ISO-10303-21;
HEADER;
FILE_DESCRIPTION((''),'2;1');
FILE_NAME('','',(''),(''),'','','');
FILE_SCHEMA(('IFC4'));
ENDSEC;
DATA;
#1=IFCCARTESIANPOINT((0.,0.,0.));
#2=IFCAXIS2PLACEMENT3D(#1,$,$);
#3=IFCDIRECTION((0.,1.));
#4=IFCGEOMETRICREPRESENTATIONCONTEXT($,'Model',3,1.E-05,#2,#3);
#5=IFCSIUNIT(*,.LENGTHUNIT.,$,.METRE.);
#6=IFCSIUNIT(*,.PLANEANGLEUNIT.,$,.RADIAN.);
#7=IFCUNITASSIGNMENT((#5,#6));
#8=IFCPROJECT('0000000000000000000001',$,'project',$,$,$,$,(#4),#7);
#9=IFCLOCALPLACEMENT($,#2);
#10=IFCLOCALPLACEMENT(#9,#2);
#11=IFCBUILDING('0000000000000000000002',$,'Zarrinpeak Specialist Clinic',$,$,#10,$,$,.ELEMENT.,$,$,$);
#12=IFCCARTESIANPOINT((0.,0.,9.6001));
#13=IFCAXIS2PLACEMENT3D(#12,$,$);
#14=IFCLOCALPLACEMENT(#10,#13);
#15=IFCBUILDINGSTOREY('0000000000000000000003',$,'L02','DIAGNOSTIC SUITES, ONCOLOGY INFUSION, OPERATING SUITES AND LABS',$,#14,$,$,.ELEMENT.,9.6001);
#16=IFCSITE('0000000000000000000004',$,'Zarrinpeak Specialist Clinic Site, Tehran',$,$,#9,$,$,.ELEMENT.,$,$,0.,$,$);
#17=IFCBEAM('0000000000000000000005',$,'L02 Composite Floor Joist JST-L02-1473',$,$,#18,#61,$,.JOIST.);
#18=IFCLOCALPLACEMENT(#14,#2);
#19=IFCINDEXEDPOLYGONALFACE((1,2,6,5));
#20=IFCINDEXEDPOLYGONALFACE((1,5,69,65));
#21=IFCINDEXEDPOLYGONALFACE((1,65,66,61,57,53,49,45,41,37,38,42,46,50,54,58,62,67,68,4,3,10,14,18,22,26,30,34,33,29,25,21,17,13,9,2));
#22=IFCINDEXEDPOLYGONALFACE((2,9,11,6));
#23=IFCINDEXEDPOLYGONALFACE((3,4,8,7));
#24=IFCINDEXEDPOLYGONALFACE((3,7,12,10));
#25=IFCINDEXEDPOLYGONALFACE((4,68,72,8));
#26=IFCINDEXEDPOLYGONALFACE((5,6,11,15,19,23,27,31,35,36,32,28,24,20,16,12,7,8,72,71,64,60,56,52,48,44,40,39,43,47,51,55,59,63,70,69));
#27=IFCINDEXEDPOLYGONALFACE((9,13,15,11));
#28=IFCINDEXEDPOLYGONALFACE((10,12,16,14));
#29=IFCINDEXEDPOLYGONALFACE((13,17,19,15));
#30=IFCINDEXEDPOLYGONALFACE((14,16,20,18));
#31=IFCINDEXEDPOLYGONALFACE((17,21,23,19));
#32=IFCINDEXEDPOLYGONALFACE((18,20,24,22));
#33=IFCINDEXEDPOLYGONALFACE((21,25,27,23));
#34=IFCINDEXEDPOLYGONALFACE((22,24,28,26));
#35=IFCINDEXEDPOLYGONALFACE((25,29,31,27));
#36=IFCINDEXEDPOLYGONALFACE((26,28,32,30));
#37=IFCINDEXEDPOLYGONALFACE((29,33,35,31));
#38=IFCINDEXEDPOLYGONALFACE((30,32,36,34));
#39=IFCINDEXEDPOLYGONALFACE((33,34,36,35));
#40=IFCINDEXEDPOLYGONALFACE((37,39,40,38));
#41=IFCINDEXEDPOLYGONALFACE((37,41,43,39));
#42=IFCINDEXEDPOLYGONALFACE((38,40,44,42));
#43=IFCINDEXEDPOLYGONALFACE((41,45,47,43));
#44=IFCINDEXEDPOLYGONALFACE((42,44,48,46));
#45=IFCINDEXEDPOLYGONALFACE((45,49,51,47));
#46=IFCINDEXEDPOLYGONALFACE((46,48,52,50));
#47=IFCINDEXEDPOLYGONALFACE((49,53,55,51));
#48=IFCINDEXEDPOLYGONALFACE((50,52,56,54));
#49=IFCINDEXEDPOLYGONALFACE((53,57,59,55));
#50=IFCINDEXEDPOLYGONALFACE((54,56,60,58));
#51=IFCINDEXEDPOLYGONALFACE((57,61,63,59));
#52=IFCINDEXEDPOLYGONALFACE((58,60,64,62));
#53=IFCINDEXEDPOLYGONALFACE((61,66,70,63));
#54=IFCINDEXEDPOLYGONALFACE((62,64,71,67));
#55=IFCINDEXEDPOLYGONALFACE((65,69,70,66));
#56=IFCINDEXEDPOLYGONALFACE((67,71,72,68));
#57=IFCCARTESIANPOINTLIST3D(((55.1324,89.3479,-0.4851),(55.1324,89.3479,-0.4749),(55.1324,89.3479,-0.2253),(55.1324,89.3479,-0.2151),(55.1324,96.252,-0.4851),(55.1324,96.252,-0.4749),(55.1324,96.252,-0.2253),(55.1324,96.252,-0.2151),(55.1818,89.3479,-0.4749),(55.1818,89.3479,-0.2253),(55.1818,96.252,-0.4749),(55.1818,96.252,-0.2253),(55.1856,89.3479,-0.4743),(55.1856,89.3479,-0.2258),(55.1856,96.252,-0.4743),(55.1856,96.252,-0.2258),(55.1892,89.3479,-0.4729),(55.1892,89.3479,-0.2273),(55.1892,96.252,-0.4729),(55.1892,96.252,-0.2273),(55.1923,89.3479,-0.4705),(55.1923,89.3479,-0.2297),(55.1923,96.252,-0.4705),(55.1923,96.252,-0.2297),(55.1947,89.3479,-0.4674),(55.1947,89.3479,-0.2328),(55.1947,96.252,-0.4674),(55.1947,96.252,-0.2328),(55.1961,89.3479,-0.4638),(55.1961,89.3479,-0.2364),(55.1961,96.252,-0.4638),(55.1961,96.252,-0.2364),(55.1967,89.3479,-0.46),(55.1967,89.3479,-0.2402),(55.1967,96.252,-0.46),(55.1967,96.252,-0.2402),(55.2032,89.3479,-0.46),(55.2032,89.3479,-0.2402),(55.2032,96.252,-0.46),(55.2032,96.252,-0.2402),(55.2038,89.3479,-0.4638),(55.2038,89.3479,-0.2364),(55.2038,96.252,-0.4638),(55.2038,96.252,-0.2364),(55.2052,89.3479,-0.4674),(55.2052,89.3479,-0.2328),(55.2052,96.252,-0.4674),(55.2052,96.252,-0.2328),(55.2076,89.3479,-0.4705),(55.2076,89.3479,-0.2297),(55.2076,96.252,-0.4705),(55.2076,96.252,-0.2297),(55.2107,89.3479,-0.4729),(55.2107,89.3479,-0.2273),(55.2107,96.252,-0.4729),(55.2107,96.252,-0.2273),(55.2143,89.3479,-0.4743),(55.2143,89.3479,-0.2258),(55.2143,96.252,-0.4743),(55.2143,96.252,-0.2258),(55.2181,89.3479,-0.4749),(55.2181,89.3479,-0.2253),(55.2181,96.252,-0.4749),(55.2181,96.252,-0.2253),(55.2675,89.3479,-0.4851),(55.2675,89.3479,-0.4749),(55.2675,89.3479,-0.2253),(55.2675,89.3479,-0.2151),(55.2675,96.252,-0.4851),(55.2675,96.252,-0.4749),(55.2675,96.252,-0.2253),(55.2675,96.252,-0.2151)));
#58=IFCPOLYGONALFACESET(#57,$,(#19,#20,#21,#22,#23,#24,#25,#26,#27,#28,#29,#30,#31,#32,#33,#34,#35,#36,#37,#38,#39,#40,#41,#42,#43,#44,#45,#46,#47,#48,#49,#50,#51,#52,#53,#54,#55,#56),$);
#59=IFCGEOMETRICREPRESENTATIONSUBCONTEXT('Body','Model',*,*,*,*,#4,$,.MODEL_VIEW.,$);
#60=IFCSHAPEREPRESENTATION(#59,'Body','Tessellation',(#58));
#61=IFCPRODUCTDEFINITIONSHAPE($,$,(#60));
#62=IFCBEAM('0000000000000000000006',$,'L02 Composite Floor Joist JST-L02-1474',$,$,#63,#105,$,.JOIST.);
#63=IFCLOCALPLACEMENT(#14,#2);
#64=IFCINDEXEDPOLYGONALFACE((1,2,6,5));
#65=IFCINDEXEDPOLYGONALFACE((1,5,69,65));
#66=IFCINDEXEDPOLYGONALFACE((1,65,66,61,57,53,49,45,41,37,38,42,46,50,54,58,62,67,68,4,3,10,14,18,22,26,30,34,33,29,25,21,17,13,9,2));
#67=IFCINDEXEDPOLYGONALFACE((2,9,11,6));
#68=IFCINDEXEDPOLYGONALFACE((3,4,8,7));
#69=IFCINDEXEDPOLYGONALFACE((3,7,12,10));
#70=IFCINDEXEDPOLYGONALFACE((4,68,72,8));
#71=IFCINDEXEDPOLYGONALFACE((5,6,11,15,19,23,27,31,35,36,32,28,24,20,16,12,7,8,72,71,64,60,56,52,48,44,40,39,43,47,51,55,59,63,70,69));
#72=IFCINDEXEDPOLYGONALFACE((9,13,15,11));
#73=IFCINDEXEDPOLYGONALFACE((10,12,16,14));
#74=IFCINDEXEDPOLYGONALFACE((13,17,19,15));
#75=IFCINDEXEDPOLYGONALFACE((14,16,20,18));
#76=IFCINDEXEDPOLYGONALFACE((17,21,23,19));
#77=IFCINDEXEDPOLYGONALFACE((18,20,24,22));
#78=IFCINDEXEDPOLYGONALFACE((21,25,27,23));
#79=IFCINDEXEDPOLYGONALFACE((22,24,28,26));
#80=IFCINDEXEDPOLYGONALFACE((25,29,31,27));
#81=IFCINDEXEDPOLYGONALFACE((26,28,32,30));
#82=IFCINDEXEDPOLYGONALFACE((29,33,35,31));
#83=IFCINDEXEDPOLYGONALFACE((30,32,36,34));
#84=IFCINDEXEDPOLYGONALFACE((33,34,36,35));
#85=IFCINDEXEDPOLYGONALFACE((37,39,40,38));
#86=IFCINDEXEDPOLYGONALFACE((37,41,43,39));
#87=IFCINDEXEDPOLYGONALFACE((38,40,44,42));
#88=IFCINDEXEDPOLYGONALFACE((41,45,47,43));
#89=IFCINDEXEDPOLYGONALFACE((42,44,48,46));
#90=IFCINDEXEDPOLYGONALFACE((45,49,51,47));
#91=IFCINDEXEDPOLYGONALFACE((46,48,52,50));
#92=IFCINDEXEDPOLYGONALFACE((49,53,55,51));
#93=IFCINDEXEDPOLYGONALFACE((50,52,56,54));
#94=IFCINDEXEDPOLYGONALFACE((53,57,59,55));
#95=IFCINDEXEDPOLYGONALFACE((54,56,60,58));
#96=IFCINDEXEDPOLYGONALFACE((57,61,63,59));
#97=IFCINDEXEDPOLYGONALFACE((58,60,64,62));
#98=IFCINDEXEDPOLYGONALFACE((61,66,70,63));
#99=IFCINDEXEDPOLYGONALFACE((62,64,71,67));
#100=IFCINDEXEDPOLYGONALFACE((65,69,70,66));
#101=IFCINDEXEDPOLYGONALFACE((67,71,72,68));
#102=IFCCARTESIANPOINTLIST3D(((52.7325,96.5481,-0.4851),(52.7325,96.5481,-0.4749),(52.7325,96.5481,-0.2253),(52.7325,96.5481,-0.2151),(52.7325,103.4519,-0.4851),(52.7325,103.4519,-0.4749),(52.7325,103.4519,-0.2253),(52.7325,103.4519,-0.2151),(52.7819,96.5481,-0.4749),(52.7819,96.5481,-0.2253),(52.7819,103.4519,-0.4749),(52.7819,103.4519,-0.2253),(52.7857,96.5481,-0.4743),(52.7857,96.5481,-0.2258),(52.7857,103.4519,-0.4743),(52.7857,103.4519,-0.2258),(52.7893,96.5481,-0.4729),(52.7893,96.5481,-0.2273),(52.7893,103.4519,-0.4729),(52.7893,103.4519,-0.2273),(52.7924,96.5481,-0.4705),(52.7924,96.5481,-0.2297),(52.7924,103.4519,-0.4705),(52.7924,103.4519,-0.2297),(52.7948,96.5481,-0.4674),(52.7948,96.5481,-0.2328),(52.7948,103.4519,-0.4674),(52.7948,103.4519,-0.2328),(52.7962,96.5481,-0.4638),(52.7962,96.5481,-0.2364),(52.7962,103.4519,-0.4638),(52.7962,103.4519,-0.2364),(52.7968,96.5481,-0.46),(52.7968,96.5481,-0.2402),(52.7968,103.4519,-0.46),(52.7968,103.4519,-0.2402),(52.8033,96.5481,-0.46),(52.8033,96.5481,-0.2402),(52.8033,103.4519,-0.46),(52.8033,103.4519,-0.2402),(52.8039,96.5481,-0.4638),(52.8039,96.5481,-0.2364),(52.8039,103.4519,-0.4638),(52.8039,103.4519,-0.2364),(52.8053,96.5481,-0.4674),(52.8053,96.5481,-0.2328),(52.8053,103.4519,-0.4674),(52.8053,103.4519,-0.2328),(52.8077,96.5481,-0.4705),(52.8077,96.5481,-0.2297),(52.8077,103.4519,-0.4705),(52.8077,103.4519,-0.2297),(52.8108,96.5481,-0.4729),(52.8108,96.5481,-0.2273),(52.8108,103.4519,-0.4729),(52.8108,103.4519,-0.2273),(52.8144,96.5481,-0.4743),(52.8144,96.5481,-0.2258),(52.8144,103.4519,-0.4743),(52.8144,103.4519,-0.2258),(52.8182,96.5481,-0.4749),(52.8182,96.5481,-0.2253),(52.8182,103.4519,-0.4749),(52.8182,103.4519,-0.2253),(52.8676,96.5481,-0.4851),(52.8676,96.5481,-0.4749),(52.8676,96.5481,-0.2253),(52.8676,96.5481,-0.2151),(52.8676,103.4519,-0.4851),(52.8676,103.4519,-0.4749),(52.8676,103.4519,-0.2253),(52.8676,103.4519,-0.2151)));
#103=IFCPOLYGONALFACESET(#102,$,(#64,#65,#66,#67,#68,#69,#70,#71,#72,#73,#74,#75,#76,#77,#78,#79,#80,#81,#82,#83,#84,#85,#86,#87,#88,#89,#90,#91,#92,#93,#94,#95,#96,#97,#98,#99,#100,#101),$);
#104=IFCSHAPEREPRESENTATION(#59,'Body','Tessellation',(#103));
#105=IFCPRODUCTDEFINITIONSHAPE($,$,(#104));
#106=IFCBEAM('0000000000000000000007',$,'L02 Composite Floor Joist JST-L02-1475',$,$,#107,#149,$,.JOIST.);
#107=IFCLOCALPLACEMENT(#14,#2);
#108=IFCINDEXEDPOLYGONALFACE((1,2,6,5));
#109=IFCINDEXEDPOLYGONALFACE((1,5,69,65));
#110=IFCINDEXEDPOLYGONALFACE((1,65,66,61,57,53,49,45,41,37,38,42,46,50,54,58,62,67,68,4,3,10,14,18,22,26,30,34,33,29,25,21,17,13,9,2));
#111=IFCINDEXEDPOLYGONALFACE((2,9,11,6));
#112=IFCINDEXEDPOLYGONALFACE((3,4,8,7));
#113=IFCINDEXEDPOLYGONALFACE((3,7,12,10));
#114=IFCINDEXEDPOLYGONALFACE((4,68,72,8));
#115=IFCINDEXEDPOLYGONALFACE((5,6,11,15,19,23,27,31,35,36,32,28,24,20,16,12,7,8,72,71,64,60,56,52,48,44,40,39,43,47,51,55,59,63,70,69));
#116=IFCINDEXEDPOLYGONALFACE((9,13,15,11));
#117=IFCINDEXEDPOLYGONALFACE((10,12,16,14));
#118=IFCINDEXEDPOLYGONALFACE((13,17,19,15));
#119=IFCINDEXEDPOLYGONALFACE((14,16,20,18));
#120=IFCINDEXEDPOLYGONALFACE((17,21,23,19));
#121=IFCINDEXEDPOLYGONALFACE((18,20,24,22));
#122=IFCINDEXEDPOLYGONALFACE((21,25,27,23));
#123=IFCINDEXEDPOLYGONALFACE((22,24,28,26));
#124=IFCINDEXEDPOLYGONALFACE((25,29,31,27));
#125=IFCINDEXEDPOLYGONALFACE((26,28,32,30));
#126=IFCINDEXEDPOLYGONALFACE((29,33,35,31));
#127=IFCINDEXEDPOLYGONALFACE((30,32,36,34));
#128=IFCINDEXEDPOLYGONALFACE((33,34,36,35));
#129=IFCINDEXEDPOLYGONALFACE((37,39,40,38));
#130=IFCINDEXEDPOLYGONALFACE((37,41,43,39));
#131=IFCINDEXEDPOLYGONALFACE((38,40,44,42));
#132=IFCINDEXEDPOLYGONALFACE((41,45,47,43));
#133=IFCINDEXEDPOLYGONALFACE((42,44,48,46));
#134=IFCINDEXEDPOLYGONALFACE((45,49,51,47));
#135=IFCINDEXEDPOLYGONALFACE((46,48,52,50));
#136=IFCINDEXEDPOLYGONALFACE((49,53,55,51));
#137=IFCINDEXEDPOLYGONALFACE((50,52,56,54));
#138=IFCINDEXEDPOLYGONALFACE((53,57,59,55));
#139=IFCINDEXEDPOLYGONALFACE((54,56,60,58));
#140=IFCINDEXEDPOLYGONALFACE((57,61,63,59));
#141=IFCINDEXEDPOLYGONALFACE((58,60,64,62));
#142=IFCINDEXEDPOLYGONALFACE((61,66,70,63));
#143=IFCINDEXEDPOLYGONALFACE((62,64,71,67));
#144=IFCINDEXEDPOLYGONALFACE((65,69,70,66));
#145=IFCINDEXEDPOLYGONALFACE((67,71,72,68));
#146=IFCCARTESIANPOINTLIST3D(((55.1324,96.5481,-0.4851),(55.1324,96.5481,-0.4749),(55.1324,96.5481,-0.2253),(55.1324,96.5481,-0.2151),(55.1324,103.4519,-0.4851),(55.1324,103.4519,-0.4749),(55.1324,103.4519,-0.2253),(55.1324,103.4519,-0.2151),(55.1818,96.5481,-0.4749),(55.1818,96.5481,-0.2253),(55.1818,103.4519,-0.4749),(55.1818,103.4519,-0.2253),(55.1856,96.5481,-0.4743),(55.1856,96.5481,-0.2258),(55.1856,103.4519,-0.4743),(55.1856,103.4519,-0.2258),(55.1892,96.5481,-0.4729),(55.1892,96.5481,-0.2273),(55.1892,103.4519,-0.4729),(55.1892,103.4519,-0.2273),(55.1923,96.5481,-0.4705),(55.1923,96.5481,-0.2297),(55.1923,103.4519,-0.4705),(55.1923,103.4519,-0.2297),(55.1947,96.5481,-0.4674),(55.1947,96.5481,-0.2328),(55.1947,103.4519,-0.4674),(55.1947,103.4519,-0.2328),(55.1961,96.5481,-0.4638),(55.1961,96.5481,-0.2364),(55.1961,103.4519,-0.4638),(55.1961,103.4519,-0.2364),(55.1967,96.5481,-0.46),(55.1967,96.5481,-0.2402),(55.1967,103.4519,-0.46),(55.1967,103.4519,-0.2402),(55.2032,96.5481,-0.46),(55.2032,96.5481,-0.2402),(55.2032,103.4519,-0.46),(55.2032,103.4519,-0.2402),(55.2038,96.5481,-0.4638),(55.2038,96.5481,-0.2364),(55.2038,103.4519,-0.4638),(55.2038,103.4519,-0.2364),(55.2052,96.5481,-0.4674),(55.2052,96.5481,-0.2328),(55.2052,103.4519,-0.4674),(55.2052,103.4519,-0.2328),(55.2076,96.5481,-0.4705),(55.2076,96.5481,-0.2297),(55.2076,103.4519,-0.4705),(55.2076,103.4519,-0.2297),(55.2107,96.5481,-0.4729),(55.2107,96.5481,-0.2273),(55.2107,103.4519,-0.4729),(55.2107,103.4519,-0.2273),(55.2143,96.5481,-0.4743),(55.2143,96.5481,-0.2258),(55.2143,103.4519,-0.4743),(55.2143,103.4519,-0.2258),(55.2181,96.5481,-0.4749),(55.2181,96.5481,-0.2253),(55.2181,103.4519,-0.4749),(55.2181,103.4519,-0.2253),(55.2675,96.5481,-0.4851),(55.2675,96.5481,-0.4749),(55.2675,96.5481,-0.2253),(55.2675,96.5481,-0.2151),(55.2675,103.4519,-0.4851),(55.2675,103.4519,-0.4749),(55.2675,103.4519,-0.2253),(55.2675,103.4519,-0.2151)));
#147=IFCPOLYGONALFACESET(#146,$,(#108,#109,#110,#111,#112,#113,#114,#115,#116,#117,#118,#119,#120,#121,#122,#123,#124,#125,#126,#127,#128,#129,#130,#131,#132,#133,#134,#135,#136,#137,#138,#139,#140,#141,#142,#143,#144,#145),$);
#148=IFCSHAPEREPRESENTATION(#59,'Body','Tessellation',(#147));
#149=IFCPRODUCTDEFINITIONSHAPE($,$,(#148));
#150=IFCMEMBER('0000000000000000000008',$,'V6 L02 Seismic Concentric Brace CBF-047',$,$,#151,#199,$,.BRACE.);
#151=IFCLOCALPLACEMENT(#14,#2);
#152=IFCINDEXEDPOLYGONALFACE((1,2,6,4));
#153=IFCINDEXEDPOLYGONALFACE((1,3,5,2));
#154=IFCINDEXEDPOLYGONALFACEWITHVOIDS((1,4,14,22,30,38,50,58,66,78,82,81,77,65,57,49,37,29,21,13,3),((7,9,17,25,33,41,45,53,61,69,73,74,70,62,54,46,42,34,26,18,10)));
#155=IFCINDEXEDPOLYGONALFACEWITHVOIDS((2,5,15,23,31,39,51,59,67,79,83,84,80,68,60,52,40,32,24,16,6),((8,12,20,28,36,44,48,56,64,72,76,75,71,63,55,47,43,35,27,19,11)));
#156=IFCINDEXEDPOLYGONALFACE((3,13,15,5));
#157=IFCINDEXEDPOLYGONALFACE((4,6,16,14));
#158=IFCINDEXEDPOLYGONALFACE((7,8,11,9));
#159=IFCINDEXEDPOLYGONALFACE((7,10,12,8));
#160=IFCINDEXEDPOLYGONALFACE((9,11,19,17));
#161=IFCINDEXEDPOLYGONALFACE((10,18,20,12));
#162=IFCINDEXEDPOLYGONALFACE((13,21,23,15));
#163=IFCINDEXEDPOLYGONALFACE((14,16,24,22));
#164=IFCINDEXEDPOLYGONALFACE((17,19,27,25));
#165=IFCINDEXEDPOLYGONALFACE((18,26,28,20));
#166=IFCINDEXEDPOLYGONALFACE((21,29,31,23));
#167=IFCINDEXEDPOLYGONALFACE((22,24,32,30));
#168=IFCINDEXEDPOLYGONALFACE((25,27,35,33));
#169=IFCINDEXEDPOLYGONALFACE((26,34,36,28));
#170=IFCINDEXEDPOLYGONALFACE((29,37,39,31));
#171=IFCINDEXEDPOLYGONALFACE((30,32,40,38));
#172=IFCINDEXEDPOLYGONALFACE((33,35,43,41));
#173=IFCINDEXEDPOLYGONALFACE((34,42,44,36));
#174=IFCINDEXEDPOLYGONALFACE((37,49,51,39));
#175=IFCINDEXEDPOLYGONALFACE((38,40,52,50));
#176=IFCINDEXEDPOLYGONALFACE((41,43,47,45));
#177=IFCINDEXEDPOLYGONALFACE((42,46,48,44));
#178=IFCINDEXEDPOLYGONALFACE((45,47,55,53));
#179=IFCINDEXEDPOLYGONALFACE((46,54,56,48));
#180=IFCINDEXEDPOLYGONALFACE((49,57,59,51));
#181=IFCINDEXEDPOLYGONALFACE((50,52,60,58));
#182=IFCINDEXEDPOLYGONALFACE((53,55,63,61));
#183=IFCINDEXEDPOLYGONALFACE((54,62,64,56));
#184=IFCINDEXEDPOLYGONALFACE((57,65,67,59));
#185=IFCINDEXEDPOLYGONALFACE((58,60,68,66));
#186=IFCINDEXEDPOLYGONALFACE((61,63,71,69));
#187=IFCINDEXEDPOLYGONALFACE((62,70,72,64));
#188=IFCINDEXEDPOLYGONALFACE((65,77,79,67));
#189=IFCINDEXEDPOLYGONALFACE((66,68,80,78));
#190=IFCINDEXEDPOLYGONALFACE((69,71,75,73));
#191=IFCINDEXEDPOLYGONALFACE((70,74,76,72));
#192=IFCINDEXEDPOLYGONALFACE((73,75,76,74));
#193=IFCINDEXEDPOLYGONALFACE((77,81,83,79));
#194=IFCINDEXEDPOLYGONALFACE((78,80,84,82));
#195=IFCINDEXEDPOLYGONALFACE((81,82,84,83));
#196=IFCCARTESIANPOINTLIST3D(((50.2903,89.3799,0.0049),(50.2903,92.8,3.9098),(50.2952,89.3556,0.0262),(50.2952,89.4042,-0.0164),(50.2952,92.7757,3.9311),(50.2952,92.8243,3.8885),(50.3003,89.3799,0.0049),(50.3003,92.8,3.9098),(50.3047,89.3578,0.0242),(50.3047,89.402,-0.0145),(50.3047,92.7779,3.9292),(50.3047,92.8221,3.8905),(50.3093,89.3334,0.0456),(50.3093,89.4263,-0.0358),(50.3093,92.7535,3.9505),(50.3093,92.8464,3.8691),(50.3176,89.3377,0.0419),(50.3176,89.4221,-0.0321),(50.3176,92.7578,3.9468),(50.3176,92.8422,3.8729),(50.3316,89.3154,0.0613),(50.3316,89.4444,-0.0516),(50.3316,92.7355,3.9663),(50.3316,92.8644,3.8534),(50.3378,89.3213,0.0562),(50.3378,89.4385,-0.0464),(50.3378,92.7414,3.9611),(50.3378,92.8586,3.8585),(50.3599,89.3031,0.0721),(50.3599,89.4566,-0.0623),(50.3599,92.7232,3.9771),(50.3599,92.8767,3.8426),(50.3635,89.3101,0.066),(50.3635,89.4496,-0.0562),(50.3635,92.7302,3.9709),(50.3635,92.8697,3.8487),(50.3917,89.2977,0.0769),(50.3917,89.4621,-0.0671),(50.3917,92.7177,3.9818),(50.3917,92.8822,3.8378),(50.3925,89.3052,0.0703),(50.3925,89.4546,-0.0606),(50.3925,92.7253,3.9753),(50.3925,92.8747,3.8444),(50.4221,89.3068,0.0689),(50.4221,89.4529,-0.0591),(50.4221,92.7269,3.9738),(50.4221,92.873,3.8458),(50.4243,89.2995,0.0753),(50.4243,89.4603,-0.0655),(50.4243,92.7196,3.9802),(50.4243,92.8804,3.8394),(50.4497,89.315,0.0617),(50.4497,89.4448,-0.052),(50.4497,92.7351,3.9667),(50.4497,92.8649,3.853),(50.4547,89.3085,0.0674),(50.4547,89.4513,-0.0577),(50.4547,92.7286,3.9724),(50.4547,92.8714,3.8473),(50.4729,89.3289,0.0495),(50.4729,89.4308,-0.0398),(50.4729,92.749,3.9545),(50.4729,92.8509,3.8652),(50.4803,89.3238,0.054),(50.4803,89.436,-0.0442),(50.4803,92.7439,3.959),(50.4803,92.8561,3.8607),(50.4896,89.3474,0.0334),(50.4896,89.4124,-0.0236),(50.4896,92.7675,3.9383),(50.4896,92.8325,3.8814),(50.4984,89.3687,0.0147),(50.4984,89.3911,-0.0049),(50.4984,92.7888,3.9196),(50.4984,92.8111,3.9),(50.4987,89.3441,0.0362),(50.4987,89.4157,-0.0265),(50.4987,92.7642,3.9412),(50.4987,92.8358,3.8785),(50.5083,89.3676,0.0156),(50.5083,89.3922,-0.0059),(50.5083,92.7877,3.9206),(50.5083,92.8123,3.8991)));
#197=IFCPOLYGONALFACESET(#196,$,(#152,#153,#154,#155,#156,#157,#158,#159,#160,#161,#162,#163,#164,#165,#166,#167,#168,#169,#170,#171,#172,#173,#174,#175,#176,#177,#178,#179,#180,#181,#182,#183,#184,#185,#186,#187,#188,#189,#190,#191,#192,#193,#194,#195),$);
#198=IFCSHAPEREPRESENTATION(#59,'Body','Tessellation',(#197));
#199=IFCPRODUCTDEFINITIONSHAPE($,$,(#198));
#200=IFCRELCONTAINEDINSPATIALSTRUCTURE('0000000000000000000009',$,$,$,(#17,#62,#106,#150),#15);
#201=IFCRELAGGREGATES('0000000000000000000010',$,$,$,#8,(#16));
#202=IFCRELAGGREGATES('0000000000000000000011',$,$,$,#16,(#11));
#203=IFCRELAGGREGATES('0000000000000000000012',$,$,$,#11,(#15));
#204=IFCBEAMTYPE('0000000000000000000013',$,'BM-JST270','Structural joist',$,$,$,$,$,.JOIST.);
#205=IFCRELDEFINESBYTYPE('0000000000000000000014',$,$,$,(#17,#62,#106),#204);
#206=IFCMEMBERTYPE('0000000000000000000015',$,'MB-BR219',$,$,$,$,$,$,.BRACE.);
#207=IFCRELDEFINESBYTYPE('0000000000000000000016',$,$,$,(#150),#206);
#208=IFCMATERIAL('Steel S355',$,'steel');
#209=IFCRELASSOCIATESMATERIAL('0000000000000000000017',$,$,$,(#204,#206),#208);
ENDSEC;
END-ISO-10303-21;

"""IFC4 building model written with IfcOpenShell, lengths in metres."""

from ifc_helpers import new_model, si_unit, direction, frame, origin, origin_2d, place, context, subcontext, project, spatial, hollow_circle, i_section, extrude, material, material_profile, profile_set, type_object, element, save


model = new_model("IFC4")

# Units and contexts
model_context = context("Model", 3, precision=1e-05, world=origin(), true_north=direction((0.0, 1.0)))
body_context = subcontext(model_context, "Body", "Model", "MODEL_VIEW")
ifc_project = project(units=[si_unit("LENGTHUNIT", "METRE"), si_unit("PLANEANGLEUNIT", "RADIAN")], contexts=[model_context])

# Site, building, storey
site_placement = place(None, origin())
site = spatial("IfcSite", under=ifc_project, at=site_placement, Name="Zarrinpeak Specialist Clinic Site, Tehran", CompositionType="ELEMENT", RefElevation=0.0)
building_placement = place(site_placement, origin())
building = spatial("IfcBuilding", under=site, at=building_placement, Name="Zarrinpeak Specialist Clinic", CompositionType="ELEMENT")
storey_placement = place(building_placement, frame((0.0, 0.0, 9.6001)))
storey = spatial("IfcBuildingStorey", under=building, at=storey_placement, Name="L02", Description="DIAGNOSTIC SUITES, ONCOLOGY INFUSION, OPERATING SUITES AND LABS", CompositionType="ELEMENT", Elevation=9.6001)

# Shared definitions
ifc_material_1 = material(Name="Steel S355", Category="steel")

# Beams
ifc_material_profile_1 = material_profile(ifc_material_1, i_section(OverallWidth=0.135, OverallDepth=0.27, WebThickness=0.0066, FlangeThickness=0.0103, FilletRadius=0.0149, at=origin_2d()), Name="IPE 270")
ifc_profile_set_1 = profile_set([ifc_material_profile_1], Name="Steel S355")
beam_type_1 = type_object("IfcBeamType", Name="BM-JST270", Description="Structural joist", PredefinedType="JOIST", material=ifc_profile_set_1)
for number, where, z_axis, x_axis, name in (
    (1, (55.2, 89.3479, -0.3501), (0.0, 1.0, 0.0), (-1.0, 0.0, 0.0), "L02 Composite Floor Joist JST-L02-1473"),
):
    element("IfcBeam", number, at=place(storey_placement, frame(where, z_axis=z_axis, x_axis=x_axis)), inside=storey, type_object=beam_type_1, Name=name, PredefinedType="JOIST", context=body_context, shape_type="SweptSolid", body=[
        extrude(i_section(OverallWidth=0.135, OverallDepth=0.27, WebThickness=0.0066, FlangeThickness=0.0103, FilletRadius=0.0149, at=origin_2d()), origin(), (0.0, 0.0, 1.0), 6.9041),
    ])
for number, where, z_axis, x_axis, name in (
    (2, (52.8, 96.5481, -0.3501), (0.0, 1.0, 0.0), (-1.0, 0.0, 0.0), "L02 Composite Floor Joist JST-L02-1474"),
    (3, (55.2, 96.5481, -0.3501), (0.0, 1.0, 0.0), (-1.0, 0.0, 0.0), "L02 Composite Floor Joist JST-L02-1475"),
):
    element("IfcBeam", number, at=place(storey_placement, frame(where, z_axis=z_axis, x_axis=x_axis)), inside=storey, type_object=beam_type_1, Name=name, PredefinedType="JOIST", context=body_context, shape_type="SweptSolid", body=[
        extrude(i_section(OverallWidth=0.135, OverallDepth=0.27, WebThickness=0.0066, FlangeThickness=0.0103, FilletRadius=0.0149, at=origin_2d()), origin(), (0.0, 0.0, 1.0), 6.9038),
    ])

# Member
ifc_material_profile_2 = material_profile(ifc_material_1, hollow_circle(Radius=0.1096, WallThickness=0.01, at=origin_2d()), Name="CHS 219.1x10.0")
ifc_profile_set_2 = profile_set([ifc_material_profile_2], Name="Steel S355")
member_type = type_object("IfcMemberType", Name="MB-BR219", PredefinedType="BRACE", material=ifc_profile_set_2)
member_1_placement = place(storey_placement, frame((50.3999, 89.3799, 0.0049), z_axis=(0.0, 0.658861, 0.752265), x_axis=(-1.0, 0.0, 0.0)))
element("IfcMember", 4, at=member_1_placement, inside=storey, type_object=member_type, Name="V6 L02 Seismic Concentric Brace CBF-047", PredefinedType="BRACE", context=body_context, shape_type="SweptSolid", body=[
    extrude(hollow_circle(Radius=0.1096, WallThickness=0.01, at=origin_2d()), origin(), (0.0, 0.0, 1.0), 5.1909),
])

save(model, "model.ifc")
